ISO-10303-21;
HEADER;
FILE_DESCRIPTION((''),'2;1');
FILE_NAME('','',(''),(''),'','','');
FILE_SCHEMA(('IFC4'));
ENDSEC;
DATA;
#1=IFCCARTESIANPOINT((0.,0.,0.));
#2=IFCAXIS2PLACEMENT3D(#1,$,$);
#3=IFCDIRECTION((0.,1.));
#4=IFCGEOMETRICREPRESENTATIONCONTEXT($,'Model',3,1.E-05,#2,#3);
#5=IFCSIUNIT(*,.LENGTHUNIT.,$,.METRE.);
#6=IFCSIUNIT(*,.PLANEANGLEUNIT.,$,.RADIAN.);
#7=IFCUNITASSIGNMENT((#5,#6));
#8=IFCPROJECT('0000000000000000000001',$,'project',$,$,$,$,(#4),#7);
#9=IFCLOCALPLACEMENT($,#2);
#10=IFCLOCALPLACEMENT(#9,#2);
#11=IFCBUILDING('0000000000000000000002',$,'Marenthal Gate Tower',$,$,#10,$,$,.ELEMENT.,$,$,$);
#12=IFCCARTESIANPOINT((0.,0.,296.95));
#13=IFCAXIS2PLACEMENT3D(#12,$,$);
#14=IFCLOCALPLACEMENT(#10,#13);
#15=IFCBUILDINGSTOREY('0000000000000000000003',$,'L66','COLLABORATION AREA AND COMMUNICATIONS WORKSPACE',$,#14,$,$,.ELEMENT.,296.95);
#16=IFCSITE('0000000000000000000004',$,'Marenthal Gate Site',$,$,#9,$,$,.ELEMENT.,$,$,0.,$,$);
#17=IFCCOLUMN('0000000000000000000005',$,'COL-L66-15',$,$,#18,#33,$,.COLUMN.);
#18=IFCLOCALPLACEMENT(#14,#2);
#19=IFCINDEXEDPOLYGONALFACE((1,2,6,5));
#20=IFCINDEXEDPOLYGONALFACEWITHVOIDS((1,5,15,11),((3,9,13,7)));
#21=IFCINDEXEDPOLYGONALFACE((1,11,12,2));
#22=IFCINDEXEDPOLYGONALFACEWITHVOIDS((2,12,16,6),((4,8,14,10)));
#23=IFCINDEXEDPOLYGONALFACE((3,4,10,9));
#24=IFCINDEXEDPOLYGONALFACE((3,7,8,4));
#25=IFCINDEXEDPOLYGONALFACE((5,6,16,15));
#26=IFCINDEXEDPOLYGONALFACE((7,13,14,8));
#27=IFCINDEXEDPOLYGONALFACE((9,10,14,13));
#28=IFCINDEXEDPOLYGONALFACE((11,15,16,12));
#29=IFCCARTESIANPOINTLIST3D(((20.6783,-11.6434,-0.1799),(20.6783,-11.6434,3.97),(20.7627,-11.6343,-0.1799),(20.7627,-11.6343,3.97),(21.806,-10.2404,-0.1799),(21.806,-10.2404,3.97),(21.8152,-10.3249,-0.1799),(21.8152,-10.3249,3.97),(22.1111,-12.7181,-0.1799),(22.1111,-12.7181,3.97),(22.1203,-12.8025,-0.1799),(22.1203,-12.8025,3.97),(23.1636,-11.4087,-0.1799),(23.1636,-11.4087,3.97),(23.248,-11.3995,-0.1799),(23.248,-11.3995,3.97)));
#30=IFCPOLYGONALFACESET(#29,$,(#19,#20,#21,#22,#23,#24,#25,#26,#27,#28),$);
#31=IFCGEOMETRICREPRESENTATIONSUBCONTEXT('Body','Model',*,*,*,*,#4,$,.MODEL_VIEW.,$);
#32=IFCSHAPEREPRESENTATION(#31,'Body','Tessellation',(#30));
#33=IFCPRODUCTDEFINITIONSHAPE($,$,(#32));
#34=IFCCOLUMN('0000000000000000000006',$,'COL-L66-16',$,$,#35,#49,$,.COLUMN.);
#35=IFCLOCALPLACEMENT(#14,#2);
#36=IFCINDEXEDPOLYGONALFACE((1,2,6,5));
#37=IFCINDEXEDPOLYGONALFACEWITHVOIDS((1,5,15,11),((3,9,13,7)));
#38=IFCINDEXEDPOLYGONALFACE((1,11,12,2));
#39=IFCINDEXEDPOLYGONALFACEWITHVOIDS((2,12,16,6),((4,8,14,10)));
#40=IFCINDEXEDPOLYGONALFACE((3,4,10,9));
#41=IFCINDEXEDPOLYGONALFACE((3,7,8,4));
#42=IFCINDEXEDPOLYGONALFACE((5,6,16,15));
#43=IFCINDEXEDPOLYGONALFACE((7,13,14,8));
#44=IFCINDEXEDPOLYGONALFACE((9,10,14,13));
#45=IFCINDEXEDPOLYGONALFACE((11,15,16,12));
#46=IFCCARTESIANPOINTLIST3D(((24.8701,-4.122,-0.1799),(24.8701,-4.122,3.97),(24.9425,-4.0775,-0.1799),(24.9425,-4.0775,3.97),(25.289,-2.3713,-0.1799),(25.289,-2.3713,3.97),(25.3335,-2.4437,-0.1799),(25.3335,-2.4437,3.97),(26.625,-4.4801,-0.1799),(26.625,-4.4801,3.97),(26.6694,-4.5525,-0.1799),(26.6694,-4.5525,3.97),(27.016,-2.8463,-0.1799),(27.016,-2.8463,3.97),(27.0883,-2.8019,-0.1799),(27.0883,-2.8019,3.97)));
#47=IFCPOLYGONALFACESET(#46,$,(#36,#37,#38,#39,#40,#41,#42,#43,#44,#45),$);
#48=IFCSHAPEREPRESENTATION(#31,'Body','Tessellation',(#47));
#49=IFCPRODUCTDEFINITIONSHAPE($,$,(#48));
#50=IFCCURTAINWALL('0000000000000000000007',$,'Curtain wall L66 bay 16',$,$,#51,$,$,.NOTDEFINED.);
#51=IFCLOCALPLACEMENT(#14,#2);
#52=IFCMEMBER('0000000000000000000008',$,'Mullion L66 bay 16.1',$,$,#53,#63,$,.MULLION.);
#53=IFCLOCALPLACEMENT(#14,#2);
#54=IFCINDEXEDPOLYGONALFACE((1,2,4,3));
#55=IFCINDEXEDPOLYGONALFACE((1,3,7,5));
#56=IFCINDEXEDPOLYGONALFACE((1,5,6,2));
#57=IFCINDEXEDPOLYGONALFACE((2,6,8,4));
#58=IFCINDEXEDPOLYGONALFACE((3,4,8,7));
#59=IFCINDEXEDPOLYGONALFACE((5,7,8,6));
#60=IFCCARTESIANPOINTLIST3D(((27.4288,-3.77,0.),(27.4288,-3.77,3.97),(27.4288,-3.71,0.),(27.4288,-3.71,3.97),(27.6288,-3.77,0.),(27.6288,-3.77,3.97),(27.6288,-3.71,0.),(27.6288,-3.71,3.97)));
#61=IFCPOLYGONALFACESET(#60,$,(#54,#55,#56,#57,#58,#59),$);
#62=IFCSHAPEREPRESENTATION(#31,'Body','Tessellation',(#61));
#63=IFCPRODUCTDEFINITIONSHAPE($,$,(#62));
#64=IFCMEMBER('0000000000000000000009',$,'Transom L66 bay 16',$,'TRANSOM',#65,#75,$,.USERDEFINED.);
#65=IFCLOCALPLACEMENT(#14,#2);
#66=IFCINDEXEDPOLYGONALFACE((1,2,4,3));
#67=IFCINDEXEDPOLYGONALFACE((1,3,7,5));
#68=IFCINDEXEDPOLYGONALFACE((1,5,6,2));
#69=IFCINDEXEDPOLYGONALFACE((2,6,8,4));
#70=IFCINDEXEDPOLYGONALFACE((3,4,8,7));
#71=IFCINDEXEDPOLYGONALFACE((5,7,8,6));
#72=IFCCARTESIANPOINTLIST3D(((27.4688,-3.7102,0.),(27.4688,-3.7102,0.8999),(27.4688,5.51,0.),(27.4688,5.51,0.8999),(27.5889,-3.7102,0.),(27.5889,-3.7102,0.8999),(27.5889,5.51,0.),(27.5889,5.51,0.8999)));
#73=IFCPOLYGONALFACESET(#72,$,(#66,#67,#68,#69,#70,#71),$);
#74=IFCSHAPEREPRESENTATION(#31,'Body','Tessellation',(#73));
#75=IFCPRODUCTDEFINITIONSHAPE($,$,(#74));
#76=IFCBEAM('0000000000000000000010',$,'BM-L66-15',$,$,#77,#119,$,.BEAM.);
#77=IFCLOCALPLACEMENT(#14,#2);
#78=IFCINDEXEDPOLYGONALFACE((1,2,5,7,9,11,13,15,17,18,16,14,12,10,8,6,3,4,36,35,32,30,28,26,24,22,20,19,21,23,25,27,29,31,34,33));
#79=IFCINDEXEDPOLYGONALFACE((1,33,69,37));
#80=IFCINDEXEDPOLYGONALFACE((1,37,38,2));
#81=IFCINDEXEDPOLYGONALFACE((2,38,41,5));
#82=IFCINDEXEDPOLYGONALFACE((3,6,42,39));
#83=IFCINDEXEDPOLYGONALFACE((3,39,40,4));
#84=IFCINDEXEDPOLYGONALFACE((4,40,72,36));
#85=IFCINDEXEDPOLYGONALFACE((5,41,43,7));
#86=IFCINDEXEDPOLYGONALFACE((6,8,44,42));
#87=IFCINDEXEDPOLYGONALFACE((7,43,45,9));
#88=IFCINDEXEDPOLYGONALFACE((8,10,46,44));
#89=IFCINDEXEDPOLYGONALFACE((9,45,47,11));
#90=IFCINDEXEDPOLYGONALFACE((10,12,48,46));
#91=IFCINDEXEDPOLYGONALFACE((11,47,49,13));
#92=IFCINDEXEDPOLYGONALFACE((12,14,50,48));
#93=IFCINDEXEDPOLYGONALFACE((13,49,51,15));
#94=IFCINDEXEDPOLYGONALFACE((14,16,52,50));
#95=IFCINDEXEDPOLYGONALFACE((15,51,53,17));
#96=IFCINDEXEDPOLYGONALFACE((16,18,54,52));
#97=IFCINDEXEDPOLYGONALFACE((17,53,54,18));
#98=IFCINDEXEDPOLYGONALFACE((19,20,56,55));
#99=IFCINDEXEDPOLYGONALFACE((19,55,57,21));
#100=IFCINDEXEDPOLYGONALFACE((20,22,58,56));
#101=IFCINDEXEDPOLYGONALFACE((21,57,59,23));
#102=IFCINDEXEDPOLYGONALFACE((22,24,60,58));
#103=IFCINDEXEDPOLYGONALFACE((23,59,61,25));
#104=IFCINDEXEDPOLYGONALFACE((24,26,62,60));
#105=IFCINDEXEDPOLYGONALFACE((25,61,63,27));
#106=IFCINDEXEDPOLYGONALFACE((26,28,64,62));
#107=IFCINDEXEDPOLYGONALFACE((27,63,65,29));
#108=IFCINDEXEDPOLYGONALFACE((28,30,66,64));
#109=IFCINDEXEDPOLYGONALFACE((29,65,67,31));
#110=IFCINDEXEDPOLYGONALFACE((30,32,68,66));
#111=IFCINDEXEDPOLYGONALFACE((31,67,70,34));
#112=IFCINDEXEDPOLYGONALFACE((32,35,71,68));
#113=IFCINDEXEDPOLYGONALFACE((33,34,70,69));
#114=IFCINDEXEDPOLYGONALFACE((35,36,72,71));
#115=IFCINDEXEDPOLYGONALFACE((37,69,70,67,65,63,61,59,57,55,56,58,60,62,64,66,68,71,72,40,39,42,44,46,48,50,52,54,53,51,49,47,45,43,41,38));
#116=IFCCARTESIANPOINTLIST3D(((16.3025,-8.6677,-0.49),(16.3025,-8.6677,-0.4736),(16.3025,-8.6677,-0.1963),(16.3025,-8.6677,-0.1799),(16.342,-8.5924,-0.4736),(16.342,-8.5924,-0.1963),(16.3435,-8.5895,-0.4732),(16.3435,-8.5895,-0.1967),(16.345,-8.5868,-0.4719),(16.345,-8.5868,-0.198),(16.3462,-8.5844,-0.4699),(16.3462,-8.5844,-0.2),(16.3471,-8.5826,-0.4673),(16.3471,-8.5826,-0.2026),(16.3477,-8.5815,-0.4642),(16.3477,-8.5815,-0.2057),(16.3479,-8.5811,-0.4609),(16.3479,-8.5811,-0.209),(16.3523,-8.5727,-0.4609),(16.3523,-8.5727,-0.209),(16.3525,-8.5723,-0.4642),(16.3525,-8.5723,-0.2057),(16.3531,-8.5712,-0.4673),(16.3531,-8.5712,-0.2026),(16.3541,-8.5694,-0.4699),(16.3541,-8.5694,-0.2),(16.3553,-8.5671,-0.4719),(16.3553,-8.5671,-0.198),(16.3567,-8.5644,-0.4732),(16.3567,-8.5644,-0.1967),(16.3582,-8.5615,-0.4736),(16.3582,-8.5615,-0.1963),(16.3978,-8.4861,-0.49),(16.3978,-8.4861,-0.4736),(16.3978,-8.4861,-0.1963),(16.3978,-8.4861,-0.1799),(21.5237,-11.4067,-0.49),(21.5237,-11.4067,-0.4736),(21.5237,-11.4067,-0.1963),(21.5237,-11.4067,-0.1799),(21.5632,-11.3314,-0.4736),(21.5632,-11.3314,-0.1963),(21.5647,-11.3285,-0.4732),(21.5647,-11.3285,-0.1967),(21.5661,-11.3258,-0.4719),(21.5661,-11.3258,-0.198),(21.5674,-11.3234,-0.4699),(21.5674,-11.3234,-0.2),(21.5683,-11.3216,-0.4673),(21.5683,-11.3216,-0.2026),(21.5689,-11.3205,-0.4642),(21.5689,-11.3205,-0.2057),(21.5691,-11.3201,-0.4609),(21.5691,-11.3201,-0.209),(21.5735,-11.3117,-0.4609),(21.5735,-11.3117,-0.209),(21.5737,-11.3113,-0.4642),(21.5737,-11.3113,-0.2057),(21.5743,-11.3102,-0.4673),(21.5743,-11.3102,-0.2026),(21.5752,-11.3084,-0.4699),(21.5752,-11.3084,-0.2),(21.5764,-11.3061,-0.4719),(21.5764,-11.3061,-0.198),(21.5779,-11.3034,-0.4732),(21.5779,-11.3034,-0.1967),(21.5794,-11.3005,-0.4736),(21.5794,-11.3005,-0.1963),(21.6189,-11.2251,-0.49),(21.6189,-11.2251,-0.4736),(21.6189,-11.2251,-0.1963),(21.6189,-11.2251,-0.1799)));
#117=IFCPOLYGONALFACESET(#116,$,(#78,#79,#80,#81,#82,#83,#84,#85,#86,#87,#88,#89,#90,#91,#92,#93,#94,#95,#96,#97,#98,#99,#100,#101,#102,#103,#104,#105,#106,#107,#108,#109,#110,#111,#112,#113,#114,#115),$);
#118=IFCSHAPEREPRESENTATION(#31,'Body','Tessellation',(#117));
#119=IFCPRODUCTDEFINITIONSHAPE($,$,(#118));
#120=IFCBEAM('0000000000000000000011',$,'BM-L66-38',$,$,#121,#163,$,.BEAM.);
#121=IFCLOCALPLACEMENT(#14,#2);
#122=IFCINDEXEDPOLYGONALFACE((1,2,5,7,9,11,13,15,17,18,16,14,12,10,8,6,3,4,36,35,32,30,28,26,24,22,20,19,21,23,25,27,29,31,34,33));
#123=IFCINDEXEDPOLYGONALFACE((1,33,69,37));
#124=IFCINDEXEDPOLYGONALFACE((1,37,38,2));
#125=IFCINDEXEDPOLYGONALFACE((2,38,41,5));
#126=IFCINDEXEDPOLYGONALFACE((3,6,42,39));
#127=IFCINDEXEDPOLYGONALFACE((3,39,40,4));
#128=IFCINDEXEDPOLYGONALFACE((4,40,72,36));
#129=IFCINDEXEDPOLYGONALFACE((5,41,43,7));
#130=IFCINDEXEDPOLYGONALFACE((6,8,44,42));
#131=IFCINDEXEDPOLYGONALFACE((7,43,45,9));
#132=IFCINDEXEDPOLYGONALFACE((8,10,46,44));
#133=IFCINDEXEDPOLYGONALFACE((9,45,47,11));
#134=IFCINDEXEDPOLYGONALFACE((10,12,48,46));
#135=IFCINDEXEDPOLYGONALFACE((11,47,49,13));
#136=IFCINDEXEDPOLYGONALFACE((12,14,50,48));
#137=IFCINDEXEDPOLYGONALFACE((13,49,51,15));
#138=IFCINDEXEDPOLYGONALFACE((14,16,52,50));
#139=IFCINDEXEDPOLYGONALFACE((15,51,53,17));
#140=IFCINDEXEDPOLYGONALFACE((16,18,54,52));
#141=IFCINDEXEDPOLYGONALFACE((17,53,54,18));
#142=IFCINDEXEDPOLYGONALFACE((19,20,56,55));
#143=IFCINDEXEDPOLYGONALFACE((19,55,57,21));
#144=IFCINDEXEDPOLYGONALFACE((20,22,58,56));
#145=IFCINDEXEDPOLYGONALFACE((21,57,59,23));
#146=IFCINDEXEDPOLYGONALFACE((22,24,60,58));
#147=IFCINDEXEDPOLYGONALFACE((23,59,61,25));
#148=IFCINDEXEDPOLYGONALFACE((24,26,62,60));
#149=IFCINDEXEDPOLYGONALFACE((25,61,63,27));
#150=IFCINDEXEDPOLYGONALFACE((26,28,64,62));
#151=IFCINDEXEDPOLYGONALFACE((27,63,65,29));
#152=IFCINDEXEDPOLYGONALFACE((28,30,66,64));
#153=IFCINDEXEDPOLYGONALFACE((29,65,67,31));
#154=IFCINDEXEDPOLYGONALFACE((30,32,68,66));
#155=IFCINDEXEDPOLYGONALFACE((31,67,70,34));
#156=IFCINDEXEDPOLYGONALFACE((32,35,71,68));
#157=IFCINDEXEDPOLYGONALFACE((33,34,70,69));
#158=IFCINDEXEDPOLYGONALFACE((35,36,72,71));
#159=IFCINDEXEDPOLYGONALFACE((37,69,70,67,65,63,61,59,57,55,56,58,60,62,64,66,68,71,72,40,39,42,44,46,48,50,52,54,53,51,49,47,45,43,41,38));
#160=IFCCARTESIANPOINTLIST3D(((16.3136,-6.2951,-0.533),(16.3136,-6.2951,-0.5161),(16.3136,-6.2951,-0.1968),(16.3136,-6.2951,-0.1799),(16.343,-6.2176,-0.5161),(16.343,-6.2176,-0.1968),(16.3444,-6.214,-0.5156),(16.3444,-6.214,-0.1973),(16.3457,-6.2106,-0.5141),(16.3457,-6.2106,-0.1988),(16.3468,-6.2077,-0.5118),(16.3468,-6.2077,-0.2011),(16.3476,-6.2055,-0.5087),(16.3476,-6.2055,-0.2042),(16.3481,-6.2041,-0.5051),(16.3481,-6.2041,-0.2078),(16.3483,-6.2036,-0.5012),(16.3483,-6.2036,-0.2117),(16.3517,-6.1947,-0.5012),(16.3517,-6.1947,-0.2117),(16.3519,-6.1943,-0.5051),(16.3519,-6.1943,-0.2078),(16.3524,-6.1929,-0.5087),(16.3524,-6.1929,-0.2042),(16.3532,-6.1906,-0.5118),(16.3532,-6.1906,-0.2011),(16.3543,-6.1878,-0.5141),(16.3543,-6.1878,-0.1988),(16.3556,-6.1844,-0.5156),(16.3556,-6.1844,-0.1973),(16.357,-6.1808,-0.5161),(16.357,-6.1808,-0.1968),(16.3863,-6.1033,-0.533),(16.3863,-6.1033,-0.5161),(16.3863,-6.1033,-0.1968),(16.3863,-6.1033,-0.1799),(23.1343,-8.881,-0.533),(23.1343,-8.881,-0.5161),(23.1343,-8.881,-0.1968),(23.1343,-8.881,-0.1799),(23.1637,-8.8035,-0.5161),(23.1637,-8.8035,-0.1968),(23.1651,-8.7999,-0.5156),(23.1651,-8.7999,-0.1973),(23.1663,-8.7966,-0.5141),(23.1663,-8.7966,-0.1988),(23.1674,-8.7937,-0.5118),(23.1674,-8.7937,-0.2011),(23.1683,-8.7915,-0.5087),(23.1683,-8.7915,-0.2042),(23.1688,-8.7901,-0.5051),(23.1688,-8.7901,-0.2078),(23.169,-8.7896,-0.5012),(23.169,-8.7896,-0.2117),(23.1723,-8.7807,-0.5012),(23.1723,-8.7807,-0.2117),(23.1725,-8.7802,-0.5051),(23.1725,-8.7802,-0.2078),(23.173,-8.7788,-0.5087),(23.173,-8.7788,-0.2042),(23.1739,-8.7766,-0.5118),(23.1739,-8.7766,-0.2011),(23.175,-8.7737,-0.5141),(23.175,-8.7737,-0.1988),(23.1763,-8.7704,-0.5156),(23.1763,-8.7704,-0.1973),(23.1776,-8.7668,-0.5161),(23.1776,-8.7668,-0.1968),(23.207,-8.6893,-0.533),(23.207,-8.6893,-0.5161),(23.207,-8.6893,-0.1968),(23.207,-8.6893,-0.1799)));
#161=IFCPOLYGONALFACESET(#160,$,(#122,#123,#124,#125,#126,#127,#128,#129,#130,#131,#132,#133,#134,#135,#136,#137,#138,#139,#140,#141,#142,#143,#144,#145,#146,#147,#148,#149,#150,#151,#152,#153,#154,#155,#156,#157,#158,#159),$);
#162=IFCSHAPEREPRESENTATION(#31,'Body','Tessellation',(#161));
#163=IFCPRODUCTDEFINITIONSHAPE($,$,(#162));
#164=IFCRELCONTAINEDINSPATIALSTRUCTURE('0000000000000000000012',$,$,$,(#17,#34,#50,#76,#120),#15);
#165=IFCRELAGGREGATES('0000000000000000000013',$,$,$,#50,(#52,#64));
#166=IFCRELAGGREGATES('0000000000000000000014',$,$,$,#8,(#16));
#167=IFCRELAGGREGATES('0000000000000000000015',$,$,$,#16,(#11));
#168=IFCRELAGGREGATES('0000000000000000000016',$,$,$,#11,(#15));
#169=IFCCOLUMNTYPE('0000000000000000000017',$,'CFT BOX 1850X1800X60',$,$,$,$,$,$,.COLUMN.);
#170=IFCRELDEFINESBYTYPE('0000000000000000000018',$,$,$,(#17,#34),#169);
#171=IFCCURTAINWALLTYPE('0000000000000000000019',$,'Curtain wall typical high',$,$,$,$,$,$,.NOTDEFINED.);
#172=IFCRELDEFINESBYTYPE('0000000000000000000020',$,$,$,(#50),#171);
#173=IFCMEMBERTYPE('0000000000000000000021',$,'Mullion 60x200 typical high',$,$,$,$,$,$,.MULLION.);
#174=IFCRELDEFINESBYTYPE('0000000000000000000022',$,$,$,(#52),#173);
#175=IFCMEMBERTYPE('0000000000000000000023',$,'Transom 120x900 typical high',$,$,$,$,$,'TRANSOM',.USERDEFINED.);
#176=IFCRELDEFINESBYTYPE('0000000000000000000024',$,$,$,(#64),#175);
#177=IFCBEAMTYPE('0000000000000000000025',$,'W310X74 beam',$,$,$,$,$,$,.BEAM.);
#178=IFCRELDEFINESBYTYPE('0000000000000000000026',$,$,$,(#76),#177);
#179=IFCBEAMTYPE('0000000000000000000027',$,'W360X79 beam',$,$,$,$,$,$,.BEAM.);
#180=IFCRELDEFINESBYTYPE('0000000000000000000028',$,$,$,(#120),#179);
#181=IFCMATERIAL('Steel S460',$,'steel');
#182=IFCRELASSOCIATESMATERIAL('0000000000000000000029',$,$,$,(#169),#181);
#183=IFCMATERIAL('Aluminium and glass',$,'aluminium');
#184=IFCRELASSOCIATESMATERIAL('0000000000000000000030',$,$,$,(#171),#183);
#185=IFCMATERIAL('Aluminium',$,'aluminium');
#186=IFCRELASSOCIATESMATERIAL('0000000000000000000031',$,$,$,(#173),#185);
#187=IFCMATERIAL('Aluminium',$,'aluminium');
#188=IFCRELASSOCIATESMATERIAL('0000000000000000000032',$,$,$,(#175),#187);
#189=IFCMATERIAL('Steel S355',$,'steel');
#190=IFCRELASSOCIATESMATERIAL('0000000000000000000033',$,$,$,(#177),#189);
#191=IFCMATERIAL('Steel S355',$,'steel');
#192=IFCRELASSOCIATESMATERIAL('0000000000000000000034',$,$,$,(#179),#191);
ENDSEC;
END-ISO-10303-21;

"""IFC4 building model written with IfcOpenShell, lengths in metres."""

from ifc_helpers import new_model, si_unit, direction, frame, origin, origin_2d, place, context, subcontext, project, spatial, rectangle, hollow_rectangle, i_section, extrude, material, material_profile, profile_set, type_object, element, aggregate, save


model = new_model("IFC4")

# Units and contexts
model_context = context("Model", 3, precision=1e-05, world=origin(), true_north=direction((0.0, 1.0)))
body_context = subcontext(model_context, "Body", "Model", "MODEL_VIEW")
ifc_project = project(units=[si_unit("LENGTHUNIT", "METRE"), si_unit("PLANEANGLEUNIT", "RADIAN")], contexts=[model_context])

# Site, building, storey
site_placement = place(None, origin())
site = spatial("IfcSite", under=ifc_project, at=site_placement, Name="Marenthal Gate Site", CompositionType="ELEMENT", RefElevation=0.0)
building_placement = place(site_placement, origin())
building = spatial("IfcBuilding", under=site, at=building_placement, Name="Marenthal Gate Tower", CompositionType="ELEMENT")
storey_placement = place(building_placement, frame((0.0, 0.0, 296.95)))
storey = spatial("IfcBuildingStorey", under=building, at=storey_placement, Name="L66", Description="COLLABORATION AREA AND COMMUNICATIONS WORKSPACE", CompositionType="ELEMENT", Elevation=296.95)

# Columns
ifc_material_1 = material(Name="Steel S460", Category="steel")
ifc_material_profile_1 = material_profile(ifc_material_1, hollow_rectangle(XDim=1.8, YDim=1.8501, WallThickness=0.0601, at=origin_2d()), Name="CFT BOX 1850X1800X60")
ifc_material_2 = material(Name="Concrete 70 MPa", Category="concrete")
ifc_material_profile_2 = material_profile(ifc_material_2, rectangle(XDim=1.6799, YDim=1.73, at=origin_2d()), Name="CFT BOX 1850X1800X60 INFILL")
ifc_profile_set_1 = profile_set([ifc_material_profile_1, ifc_material_profile_2], Name="Steel S460 shell, Concrete 70 MPa infill")
column_type = type_object("IfcColumnType", Name="CFT BOX 1850X1800X60", PredefinedType="COLUMN", material=ifc_profile_set_1)
for number, where, z_axis, x_axis, name in (
    (1, (21.9631, -11.5215, -0.1799), (0.0, 0.0, 1.0), (-0.626499, -0.779422, 0.0), "COL-L66-15"),
    (2, (25.9792, -3.4619, -0.1799), (0.0, 0.0, 1.0), (-0.232716, -0.972545, 0.0), "COL-L66-16"),
):
    element("IfcColumn", number, at=place(storey_placement, frame(where, z_axis=z_axis, x_axis=x_axis)), inside=storey, type_object=column_type, Name=name, PredefinedType="COLUMN", context=body_context, shape_type="SweptSolid", body=[
        extrude(hollow_rectangle(XDim=1.8, YDim=1.8501, WallThickness=0.0601, at=origin_2d()), origin(), (0.0, 0.0, 1.0), 4.1499),
    ])

# Curtain wall, members
ifc_material_3 = material(Name="Aluminium and glass", Category="aluminium")
curtain_wall_type = type_object("IfcCurtainWallType", Name="Curtain wall typical high", PredefinedType="NOTDEFINED", material=ifc_material_3)
curtain_wall_placement = place(storey_placement, origin())
curtain_wall = element("IfcCurtainWall", 3, at=curtain_wall_placement, inside=storey, type_object=curtain_wall_type, Name="Curtain wall L66 bay 16", PredefinedType="NOTDEFINED")
ifc_material_4 = material(Name="Aluminium", Category="aluminium")
ifc_material_profile_3 = material_profile(ifc_material_4, rectangle(XDim=0.2, YDim=0.0601, at=origin_2d()), Name="60x200 aluminium mullion")
ifc_profile_set_2 = profile_set([ifc_material_profile_3], Name="Aluminium")
member_type_1 = type_object("IfcMemberType", Name="Mullion 60x200 typical high", PredefinedType="MULLION", material=ifc_profile_set_2)
member_1_placement = place(storey_placement, frame((27.5288, -3.74, 0.0), z_axis=(0.0, 0.0, 1.0), x_axis=(-1.0, 0.0, 0.0)))
member_1 = element("IfcMember", 4, at=member_1_placement, type_object=member_type_1, Name="Mullion L66 bay 16.1", PredefinedType="MULLION", context=body_context, shape_type="SweptSolid", body=[
    extrude(rectangle(XDim=0.2, YDim=0.0601, at=origin_2d()), origin(), (0.0, 0.0, 1.0), 3.97),
])
ifc_material_5 = material(Name="Aluminium", Category="aluminium")
ifc_material_profile_4 = material_profile(ifc_material_5, rectangle(XDim=0.1201, YDim=0.8999, at=origin_2d()), Name="120x900 aluminium transom")
ifc_profile_set_3 = profile_set([ifc_material_profile_4], Name="Aluminium")
member_type_2 = type_object("IfcMemberType", Name="Transom 120x900 typical high", ElementType="TRANSOM", PredefinedType="USERDEFINED", material=ifc_profile_set_3)
member_2_placement = place(storey_placement, frame((27.5288, -3.7102, 0.45), z_axis=(0.0, 1.0, 0.0), x_axis=(-1.0, 0.0, 0.0)))
member_2 = element("IfcMember", 5, at=member_2_placement, type_object=member_type_2, Name="Transom L66 bay 16", ObjectType="TRANSOM", PredefinedType="USERDEFINED", context=body_context, shape_type="SweptSolid", body=[
    extrude(rectangle(XDim=0.1201, YDim=0.8999, at=origin_2d()), origin(), (0.0, 0.0, 1.0), 9.2202),
])

# Beams
ifc_material_6 = material(Name="Steel S355", Category="steel")
ifc_material_profile_5 = material_profile(ifc_material_6, i_section(OverallWidth=0.2051, OverallDepth=0.3101, WebThickness=0.0095, FlangeThickness=0.0164, FilletRadius=0.0127, at=origin_2d()), Name="W310X74")
ifc_profile_set_4 = profile_set([ifc_material_profile_5], Name="Steel S355")
beam_type_1 = type_object("IfcBeamType", Name="W310X74 beam", PredefinedType="BEAM", material=ifc_profile_set_4)
beam_1_placement = place(storey_placement, frame((21.5713, -11.3159, -0.335), z_axis=(-0.885545, 0.464553, 0.0), x_axis=(-0.464553, -0.885545, 0.0)))
element("IfcBeam", 6, at=beam_1_placement, inside=storey, type_object=beam_type_1, Name="BM-L66-15", PredefinedType="BEAM", context=body_context, shape_type="SweptSolid", body=[
    extrude(i_section(OverallWidth=0.2051, OverallDepth=0.3101, WebThickness=0.0095, FlangeThickness=0.0164, FilletRadius=0.0127, at=origin_2d()), origin(), (0.0, 0.0, 1.0), 5.896),
])
ifc_material_7 = material(Name="Steel S355", Category="steel")
ifc_material_profile_6 = material_profile(ifc_material_7, i_section(OverallWidth=0.2051, OverallDepth=0.353, WebThickness=0.0095, FlangeThickness=0.0168, FilletRadius=0.0149, at=origin_2d()), Name="W360X79")
ifc_profile_set_5 = profile_set([ifc_material_profile_6], Name="Steel S355")
beam_type_2 = type_object("IfcBeamType", Name="W360X79 beam", PredefinedType="BEAM", material=ifc_profile_set_5)
beam_2_placement = place(storey_placement, frame((23.1707, -8.7852, -0.3564), z_axis=(-0.935051, 0.354514, 0.0), x_axis=(-0.354514, -0.935051, 0.0)))
element("IfcBeam", 7, at=beam_2_placement, inside=storey, type_object=beam_type_2, Name="BM-L66-38", PredefinedType="BEAM", context=body_context, shape_type="SweptSolid", body=[
    extrude(i_section(OverallWidth=0.2051, OverallDepth=0.353, WebThickness=0.0095, FlangeThickness=0.0168, FilletRadius=0.0149, at=origin_2d()), origin(), (0.0, 0.0, 1.0), 7.2944),
])

aggregate(curtain_wall, [member_1, member_2])

save(model, "model.ifc")
